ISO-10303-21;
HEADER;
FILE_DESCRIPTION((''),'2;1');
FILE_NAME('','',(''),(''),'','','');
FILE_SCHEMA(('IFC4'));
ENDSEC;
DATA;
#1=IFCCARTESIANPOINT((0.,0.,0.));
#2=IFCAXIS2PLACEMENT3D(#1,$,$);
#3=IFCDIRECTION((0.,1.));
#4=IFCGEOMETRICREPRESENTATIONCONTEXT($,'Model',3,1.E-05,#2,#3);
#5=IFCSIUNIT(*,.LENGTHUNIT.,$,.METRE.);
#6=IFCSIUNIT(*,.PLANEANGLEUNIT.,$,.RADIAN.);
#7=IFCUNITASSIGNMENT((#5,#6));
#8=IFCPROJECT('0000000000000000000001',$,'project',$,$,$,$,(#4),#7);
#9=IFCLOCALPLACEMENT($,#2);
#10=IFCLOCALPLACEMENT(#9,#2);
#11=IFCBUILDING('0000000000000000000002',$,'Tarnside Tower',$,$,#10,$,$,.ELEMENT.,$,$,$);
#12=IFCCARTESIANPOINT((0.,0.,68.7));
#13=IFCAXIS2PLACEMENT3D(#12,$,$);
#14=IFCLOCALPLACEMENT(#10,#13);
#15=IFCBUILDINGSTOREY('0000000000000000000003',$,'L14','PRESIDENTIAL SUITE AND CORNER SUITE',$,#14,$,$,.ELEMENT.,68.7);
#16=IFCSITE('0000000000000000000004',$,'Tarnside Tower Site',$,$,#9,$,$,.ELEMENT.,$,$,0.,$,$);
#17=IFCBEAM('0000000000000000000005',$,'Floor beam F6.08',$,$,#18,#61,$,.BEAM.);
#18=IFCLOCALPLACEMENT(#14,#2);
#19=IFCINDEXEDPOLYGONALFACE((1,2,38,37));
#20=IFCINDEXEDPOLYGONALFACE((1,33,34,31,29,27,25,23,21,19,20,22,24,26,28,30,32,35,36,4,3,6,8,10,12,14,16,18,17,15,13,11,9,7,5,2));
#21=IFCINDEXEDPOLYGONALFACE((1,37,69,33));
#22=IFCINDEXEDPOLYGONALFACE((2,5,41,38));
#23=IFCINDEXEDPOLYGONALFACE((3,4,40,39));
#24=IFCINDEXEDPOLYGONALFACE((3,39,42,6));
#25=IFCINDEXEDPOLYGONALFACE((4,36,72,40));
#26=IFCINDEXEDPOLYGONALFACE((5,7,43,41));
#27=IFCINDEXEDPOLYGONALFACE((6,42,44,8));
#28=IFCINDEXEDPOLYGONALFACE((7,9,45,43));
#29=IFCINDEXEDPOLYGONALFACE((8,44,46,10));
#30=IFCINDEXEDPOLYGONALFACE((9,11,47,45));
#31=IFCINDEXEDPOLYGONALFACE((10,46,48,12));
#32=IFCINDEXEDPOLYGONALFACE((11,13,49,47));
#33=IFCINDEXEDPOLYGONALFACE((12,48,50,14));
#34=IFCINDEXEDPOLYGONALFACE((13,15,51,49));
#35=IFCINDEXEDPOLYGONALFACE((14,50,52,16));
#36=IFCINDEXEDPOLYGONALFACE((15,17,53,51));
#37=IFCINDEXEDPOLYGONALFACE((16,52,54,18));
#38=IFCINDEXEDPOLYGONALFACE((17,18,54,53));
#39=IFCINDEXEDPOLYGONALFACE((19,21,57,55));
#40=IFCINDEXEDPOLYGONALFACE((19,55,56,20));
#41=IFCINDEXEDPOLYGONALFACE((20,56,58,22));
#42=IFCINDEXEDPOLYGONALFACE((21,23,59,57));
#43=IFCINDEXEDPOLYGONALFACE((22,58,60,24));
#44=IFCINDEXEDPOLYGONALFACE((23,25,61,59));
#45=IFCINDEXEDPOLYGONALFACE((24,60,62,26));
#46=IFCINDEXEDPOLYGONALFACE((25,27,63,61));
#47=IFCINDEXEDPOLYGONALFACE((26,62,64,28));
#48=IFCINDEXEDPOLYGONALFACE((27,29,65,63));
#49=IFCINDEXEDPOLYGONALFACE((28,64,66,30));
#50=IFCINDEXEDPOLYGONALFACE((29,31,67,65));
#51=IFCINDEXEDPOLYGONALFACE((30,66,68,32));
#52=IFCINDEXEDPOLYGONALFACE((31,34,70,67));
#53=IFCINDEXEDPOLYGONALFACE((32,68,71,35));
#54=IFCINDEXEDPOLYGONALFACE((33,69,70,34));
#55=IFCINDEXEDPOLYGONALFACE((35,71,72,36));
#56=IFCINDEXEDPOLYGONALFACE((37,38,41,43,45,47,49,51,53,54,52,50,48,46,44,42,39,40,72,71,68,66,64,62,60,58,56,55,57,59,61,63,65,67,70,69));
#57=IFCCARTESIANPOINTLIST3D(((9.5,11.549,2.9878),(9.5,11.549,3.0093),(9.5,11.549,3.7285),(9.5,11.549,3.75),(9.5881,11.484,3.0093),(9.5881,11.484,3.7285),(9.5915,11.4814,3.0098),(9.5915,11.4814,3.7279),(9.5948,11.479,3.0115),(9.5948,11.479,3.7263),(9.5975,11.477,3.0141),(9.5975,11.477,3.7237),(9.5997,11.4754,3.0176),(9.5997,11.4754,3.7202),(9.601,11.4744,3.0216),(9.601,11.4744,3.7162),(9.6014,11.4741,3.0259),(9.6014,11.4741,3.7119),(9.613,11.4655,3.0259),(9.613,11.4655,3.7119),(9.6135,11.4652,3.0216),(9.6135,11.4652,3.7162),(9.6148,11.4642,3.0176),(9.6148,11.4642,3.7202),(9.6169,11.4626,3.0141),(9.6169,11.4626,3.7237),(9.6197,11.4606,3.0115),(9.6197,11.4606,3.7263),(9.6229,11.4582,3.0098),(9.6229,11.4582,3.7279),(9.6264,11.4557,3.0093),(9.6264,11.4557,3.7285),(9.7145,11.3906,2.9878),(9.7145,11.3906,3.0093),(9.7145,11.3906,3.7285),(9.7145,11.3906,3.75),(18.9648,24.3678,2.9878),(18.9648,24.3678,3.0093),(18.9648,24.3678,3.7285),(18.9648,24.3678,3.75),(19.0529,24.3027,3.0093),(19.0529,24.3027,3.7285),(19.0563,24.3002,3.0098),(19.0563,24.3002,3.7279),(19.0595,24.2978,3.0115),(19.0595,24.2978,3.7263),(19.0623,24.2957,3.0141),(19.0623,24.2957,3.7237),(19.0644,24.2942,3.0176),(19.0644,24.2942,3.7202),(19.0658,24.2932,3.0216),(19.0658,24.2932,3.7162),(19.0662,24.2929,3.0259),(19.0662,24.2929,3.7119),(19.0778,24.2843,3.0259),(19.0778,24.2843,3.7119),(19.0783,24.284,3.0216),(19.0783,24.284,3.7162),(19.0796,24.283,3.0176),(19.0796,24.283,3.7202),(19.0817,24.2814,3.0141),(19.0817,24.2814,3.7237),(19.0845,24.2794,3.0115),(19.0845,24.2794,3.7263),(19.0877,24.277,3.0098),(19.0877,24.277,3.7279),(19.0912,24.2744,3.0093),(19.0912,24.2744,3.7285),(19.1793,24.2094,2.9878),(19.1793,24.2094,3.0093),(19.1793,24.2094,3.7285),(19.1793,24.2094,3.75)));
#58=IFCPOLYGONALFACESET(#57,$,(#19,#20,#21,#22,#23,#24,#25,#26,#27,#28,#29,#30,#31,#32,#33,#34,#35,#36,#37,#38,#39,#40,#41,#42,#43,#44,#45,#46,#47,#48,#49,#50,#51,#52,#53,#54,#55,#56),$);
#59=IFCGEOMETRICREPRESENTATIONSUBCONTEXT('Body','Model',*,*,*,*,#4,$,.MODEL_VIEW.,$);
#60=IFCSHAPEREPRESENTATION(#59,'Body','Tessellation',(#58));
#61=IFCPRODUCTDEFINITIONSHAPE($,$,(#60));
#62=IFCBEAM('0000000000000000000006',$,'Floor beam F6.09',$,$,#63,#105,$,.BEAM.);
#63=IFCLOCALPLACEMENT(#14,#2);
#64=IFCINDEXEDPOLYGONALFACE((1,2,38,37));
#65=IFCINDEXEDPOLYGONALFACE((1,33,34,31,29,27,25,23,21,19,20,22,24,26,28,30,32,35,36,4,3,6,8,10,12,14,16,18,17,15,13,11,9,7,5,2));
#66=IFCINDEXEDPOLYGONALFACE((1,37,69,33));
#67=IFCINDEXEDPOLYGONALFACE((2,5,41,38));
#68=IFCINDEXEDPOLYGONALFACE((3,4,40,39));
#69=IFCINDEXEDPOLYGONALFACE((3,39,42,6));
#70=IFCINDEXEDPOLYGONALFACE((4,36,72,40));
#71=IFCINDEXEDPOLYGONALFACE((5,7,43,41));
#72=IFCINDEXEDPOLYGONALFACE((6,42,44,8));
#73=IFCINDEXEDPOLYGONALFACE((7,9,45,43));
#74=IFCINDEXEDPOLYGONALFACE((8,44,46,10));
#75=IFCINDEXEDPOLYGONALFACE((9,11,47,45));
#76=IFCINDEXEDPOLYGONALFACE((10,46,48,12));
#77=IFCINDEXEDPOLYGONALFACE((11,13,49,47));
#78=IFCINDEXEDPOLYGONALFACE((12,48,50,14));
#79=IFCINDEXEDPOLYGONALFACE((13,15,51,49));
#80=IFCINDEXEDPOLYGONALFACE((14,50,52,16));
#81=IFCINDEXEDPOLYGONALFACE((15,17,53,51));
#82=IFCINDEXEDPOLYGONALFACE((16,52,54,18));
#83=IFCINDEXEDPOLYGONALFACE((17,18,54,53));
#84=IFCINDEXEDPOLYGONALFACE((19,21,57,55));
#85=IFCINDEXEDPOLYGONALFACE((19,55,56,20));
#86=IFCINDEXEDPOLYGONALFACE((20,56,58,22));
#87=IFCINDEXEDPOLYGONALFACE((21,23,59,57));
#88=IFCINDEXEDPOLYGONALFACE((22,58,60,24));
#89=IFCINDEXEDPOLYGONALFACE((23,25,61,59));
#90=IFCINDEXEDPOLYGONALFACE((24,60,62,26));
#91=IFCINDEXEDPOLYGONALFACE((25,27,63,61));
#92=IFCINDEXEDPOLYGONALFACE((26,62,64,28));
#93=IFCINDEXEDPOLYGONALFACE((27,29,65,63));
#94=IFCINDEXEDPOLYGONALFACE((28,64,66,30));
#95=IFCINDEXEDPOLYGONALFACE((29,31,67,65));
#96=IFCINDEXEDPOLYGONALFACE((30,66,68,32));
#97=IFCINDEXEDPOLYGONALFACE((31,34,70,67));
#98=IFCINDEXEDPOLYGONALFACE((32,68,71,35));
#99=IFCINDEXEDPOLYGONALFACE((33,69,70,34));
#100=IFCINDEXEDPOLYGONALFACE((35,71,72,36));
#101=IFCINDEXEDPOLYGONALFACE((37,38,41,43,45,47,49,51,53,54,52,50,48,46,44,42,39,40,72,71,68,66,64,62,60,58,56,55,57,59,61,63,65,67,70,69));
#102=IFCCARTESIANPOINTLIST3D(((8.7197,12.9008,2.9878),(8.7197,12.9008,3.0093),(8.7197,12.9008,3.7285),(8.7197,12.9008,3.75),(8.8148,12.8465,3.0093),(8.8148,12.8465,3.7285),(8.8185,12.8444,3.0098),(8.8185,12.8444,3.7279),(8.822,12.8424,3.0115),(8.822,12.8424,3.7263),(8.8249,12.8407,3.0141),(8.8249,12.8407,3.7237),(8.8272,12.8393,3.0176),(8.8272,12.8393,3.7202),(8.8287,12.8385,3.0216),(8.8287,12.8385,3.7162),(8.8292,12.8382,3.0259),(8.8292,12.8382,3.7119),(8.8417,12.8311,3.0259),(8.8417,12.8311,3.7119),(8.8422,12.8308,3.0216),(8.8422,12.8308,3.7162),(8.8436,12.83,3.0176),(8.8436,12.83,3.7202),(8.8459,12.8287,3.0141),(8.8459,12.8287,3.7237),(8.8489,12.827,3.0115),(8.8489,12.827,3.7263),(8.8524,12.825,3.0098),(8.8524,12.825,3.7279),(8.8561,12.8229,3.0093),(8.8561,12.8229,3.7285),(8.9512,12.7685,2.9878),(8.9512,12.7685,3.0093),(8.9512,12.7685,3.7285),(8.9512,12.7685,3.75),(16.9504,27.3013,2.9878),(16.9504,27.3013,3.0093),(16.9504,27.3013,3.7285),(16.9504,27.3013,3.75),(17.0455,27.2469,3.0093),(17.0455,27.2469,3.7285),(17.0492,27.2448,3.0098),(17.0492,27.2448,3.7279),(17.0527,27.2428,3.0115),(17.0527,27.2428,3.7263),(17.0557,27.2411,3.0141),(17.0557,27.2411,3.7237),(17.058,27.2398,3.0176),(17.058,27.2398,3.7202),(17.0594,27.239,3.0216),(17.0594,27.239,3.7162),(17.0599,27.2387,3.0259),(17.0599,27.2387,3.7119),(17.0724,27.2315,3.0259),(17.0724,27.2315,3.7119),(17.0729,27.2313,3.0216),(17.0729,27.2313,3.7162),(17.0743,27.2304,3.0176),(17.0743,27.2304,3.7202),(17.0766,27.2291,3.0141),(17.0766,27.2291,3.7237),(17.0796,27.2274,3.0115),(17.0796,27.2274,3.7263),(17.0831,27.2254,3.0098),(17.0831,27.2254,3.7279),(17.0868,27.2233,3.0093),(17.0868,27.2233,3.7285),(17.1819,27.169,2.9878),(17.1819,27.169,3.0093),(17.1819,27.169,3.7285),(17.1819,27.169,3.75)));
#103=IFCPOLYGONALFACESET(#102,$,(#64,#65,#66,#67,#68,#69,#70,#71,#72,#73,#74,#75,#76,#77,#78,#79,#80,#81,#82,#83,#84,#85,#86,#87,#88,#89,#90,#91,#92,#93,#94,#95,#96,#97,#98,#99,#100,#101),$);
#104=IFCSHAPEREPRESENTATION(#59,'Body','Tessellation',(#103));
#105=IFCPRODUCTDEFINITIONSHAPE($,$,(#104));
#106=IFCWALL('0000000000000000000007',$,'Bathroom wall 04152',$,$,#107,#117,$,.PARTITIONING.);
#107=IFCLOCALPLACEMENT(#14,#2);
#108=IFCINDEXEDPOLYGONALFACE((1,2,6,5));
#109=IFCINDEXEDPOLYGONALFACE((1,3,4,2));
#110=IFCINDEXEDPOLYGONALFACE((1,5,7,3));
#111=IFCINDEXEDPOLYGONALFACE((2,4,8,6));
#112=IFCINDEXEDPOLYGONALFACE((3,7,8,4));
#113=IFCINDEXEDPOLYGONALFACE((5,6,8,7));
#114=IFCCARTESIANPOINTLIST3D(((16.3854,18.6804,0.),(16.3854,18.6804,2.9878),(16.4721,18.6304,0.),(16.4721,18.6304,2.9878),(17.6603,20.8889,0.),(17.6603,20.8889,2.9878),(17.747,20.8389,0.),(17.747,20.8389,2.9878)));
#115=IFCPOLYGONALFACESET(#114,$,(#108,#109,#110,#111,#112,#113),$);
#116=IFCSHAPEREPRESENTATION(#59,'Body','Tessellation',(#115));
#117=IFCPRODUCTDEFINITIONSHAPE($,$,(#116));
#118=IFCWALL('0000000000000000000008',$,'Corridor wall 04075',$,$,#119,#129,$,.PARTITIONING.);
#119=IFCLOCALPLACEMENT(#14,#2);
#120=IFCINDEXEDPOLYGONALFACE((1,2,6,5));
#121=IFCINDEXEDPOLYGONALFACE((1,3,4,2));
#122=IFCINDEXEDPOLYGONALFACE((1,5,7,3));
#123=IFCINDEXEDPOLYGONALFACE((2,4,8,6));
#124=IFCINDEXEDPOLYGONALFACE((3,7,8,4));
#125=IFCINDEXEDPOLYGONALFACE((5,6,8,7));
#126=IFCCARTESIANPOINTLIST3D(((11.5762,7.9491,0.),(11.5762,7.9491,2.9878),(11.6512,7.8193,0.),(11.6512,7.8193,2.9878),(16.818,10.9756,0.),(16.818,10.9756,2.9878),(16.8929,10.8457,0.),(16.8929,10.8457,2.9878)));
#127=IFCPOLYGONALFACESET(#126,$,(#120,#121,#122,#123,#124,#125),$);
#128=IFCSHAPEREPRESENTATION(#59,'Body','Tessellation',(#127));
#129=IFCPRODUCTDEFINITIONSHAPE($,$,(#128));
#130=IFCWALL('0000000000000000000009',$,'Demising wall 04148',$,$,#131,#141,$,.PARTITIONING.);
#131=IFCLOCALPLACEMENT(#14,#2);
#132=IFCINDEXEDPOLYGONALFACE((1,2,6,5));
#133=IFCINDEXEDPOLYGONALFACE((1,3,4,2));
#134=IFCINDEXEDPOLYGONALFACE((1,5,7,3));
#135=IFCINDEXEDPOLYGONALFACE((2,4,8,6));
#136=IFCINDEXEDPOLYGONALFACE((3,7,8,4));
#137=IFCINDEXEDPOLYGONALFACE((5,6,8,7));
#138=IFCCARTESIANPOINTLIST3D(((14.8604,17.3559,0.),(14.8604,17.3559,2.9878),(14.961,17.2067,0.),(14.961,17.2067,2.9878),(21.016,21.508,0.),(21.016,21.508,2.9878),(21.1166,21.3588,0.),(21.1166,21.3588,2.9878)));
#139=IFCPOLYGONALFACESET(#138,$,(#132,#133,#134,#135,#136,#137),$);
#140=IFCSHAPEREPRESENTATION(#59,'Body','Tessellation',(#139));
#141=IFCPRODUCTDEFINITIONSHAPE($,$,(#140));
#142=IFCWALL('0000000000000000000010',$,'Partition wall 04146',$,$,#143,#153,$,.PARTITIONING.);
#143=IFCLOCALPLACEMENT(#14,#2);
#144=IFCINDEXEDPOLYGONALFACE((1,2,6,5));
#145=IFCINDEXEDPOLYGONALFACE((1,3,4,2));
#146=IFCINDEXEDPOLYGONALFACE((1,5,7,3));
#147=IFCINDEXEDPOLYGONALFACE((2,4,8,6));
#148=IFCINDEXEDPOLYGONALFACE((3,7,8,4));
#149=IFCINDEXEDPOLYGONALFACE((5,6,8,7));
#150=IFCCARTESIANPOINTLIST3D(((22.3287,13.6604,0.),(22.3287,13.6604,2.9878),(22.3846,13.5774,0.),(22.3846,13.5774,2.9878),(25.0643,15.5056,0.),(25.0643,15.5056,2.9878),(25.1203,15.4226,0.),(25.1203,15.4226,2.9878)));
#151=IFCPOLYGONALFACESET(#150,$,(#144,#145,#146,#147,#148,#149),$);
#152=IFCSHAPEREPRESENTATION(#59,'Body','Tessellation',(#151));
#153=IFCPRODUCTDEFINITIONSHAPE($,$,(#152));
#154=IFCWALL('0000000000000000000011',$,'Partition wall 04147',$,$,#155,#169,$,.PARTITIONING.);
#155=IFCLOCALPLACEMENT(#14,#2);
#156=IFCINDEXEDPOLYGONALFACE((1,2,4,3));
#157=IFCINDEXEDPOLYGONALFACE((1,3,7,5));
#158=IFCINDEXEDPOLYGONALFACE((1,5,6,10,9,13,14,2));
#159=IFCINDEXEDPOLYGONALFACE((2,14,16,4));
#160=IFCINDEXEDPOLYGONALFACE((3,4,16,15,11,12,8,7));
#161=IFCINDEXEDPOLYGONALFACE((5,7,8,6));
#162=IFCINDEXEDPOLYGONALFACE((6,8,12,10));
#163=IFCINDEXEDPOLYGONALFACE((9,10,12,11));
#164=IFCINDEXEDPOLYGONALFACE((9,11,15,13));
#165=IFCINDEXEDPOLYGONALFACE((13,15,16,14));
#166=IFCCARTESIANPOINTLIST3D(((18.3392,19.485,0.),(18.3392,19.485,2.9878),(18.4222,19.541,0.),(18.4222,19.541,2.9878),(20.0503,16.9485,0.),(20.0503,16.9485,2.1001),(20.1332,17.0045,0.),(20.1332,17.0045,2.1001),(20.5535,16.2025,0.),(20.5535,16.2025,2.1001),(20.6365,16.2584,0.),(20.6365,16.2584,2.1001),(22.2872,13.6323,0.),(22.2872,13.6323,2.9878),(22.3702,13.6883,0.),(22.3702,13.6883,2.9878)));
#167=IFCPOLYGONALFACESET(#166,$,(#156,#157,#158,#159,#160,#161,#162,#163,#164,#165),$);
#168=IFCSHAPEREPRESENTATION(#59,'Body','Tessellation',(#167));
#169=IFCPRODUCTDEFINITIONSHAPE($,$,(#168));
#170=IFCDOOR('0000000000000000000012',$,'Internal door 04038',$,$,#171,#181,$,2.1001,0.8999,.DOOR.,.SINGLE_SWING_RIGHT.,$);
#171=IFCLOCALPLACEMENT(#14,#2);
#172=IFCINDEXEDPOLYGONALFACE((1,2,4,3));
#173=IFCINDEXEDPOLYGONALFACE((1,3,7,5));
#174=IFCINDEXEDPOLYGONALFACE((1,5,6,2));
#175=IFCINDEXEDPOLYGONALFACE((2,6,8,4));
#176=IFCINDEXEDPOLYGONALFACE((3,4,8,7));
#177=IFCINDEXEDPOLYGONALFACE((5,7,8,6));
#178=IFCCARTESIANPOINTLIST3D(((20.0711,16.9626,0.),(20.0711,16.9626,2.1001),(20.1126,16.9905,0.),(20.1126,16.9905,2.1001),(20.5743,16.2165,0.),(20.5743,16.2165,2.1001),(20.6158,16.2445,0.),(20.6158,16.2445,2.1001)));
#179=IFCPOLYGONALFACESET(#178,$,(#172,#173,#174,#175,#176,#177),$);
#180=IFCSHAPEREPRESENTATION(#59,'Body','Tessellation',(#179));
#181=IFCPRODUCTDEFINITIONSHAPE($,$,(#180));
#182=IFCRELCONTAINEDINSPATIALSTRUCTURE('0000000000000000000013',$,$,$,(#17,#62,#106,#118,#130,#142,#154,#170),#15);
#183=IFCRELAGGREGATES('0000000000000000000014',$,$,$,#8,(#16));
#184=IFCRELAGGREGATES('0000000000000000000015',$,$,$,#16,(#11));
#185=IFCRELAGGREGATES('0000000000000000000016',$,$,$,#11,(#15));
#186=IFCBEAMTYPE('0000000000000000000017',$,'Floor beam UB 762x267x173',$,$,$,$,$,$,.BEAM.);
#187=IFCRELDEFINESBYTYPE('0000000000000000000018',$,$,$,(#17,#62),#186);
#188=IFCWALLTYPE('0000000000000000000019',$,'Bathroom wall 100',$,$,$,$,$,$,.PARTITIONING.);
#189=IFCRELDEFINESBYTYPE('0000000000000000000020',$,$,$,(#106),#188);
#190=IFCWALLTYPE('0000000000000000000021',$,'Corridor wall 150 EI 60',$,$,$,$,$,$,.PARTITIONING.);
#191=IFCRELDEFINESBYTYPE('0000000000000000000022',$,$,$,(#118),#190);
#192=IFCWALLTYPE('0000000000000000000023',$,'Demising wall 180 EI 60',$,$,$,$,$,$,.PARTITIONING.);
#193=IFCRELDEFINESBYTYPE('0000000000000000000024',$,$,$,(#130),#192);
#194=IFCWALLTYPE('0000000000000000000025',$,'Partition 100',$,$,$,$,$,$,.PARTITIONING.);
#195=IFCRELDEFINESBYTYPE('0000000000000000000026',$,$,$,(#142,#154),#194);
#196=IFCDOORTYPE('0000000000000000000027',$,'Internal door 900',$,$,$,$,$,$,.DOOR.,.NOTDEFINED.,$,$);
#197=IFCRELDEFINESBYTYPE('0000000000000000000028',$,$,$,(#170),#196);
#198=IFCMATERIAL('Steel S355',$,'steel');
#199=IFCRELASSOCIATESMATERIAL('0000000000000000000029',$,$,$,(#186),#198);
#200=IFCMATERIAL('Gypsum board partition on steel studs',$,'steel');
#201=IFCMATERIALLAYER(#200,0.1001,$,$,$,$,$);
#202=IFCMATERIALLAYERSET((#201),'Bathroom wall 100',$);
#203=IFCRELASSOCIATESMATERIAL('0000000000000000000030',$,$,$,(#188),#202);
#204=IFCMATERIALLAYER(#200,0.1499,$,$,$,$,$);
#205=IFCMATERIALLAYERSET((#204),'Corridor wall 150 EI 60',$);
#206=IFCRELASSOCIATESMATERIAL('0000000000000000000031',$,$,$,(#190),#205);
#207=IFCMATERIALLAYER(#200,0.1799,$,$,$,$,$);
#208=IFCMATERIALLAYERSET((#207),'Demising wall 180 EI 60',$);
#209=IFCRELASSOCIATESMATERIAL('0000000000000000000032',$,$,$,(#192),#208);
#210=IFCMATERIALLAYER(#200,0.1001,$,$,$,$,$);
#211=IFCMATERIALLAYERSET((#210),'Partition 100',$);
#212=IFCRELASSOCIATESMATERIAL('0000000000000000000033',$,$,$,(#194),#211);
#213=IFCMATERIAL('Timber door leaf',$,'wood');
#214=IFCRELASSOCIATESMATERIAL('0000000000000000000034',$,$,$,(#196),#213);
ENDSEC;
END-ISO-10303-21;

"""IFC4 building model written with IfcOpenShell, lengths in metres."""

from ifc_helpers import new_model, si_unit, direction, frame, frame_2d, origin, origin_2d, place, context, subcontext, project, spatial, rectangle, i_section, extrude, material, layer, layer_set, material_profile, profile_set, type_object, element, fill, save


model = new_model("IFC4")

# Units and contexts
model_context = context("Model", 3, precision=1e-05, world=origin(), true_north=direction((0.0, 1.0)))
body_context = subcontext(model_context, "Body", "Model", "MODEL_VIEW")
ifc_project = project(units=[si_unit("LENGTHUNIT", "METRE"), si_unit("PLANEANGLEUNIT", "RADIAN")], contexts=[model_context])

# Site, building, storey
site_placement = place(None, origin())
site = spatial("IfcSite", under=ifc_project, at=site_placement, Name="Tarnside Tower Site", CompositionType="ELEMENT", RefElevation=0.0)
building_placement = place(site_placement, origin())
building = spatial("IfcBuilding", under=site, at=building_placement, Name="Tarnside Tower", CompositionType="ELEMENT")
storey_placement = place(building_placement, frame((0.0, 0.0, 68.7)))
storey = spatial("IfcBuildingStorey", under=building, at=storey_placement, Name="L14", Description="PRESIDENTIAL SUITE AND CORNER SUITE", CompositionType="ELEMENT", Elevation=68.7)

# Beams
ifc_material_1 = material(Name="Steel S355", Category="steel")
ifc_material_profile_1 = material_profile(ifc_material_1, i_section(OverallWidth=0.2666, OverallDepth=0.7622, WebThickness=0.0144, FlangeThickness=0.0215, FilletRadius=0.0166, at=origin_2d()), Name="UB 762x267x173")
ifc_profile_set_1 = profile_set([ifc_material_profile_1], Name="Steel S355")
beam_type_1 = type_object("IfcBeamType", Name="Floor beam UB 762x267x173", PredefinedType="BEAM", material=ifc_profile_set_1)
beam_1_placement = place(storey_placement, frame((19.072, 24.2886, 3.3689), z_axis=(-0.593987, -0.804475, 0.0), x_axis=(0.804475, -0.593987, 0.0)))
element("IfcBeam", 1, at=beam_1_placement, inside=storey, type_object=beam_type_1, Name="Floor beam F6.08", PredefinedType="BEAM", context=body_context, shape_type="SweptSolid", body=[
    extrude(i_section(OverallWidth=0.2666, OverallDepth=0.7622, WebThickness=0.0144, FlangeThickness=0.0215, FilletRadius=0.0166, at=origin_2d()), origin(), (0.0, 0.0, 1.0), 15.9343),
])
beam_2_placement = place(storey_placement, frame((17.0662, 27.2351, 3.3689), z_axis=(-0.496226, -0.868193, 0.0), x_axis=(0.868193, -0.496226, 0.0)))
element("IfcBeam", 2, at=beam_2_placement, inside=storey, type_object=beam_type_1, Name="Floor beam F6.09", PredefinedType="BEAM", context=body_context, shape_type="SweptSolid", body=[
    extrude(i_section(OverallWidth=0.2666, OverallDepth=0.7622, WebThickness=0.0144, FlangeThickness=0.0215, FilletRadius=0.0166, at=origin_2d()), origin(), (0.0, 0.0, 1.0), 16.5867),
])

# Walls
ifc_material_2 = material(Name="Gypsum board partition on steel studs", Category="steel")
ifc_layer_1 = layer(ifc_material_2, 0.1001)
ifc_layer_set_1 = layer_set([ifc_layer_1], Name="Bathroom wall 100")
wall_type_1 = type_object("IfcWallType", Name="Bathroom wall 100", PredefinedType="PARTITIONING", material=ifc_layer_set_1)
wall_1_placement = place(storey_placement, frame((17.7036, 20.8638, 0.0), z_axis=(0.0, 0.0, 1.0), x_axis=(-0.499949, -0.866055, 0.0)))
element("IfcWall", 3, at=wall_1_placement, inside=storey, type_object=wall_type_1, Name="Bathroom wall 04152", PredefinedType="PARTITIONING", context=body_context, shape_type="SweptSolid", body=[
    extrude(rectangle(XDim=2.55, YDim=0.1001, at=frame_2d((1.2749, 0.0))), origin(), (0.0, 0.0, 1.0), 2.9878),
])
ifc_layer_2 = layer(ifc_material_2, 0.1499)
ifc_layer_set_2 = layer_set([ifc_layer_2], Name="Corridor wall 150 EI 60")
wall_type_2 = type_object("IfcWallType", Name="Corridor wall 150 EI 60", PredefinedType="PARTITIONING", material=ifc_layer_set_2)
wall_2_placement = place(storey_placement, frame((16.8555, 10.9106, 0.0), z_axis=(0.0, 0.0, 1.0), x_axis=(-0.86602, -0.500009, 0.0)))
element("IfcWall", 4, at=wall_2_placement, inside=storey, type_object=wall_type_2, Name="Corridor wall 04075", PredefinedType="PARTITIONING", context=body_context, shape_type="SweptSolid", body=[
    extrude(rectangle(XDim=6.0527, YDim=0.1499, at=frame_2d((3.0264, 0.0))), origin(), (0.0, 0.0, 1.0), 2.9878),
])
ifc_layer_3 = layer(ifc_material_2, 0.1799)
ifc_layer_set_3 = layer_set([ifc_layer_3], Name="Demising wall 180 EI 60")
wall_type_3 = type_object("IfcWallType", Name="Demising wall 180 EI 60", PredefinedType="PARTITIONING", material=ifc_layer_set_3)
wall_3_placement = place(storey_placement, frame((21.0662, 21.4333, 0.0), z_axis=(0.0, 0.0, 1.0), x_axis=(-0.829028, -0.559207, 0.0)))
element("IfcWall", 5, at=wall_3_placement, inside=storey, type_object=wall_type_3, Name="Demising wall 04148", PredefinedType="PARTITIONING", context=body_context, shape_type="SweptSolid", body=[
    extrude(rectangle(XDim=7.425, YDim=0.1799, at=frame_2d((3.7124, 0.0))), origin(), (0.0, 0.0, 1.0), 2.9878),
])
ifc_layer_4 = layer(ifc_material_2, 0.1001)
ifc_layer_set_4 = layer_set([ifc_layer_4], Name="Partition 100")
wall_type_4 = type_object("IfcWallType", Name="Partition 100", PredefinedType="PARTITIONING", material=ifc_layer_set_4)
wall_4_placement = place(storey_placement, frame((25.0923, 15.4641, 0.0), z_axis=(0.0, 0.0, 1.0), x_axis=(-0.829033, -0.5592, 0.0)))
element("IfcWall", 6, at=wall_4_placement, inside=storey, type_object=wall_type_4, Name="Partition wall 04146", PredefinedType="PARTITIONING", context=body_context, shape_type="SweptSolid", body=[
    extrude(rectangle(XDim=3.2998, YDim=0.1001, at=frame_2d((1.6499, 0.0))), origin(), (0.0, 0.0, 1.0), 2.9878),
])

# Wall, opening, door
wall_5_placement = place(storey_placement, frame((22.3286, 13.6604, 0.0), z_axis=(0.0, 0.0, 1.0), x_axis=(-0.559217, 0.829021, 0.0)))
wall_5 = element("IfcWall", 7, at=wall_5_placement, inside=storey, type_object=wall_type_4, Name="Partition wall 04147", PredefinedType="PARTITIONING", context=body_context, shape_type="SweptSolid", body=[
    extrude(rectangle(XDim=7.0598, YDim=0.1001, at=frame_2d((3.5298, 0.0))), origin(), (0.0, 0.0, 1.0), 2.9878),
])
opening_placement = place(wall_5_placement, frame((3.1001, 0.0, 0.0)))
opening = element("IfcOpeningElement", 8, at=opening_placement, cuts=wall_5, PredefinedType="OPENING", context=body_context, shape_type="SweptSolid", body=[
    extrude(rectangle(XDim=0.8999, YDim=2.1001, at=frame_2d((0.45, 1.05))), frame((0.0, 0.0601, 0.0), z_axis=(0.0, -1.0, 0.0), x_axis=(1.0, 0.0, 0.0)), (0.0, 0.0, 1.0), 0.1201),
])
ifc_material_3 = material(Name="Timber door leaf", Category="wood")
door_type = type_object("IfcDoorType", Name="Internal door 900", OperationType="NOTDEFINED", PredefinedType="DOOR", material=ifc_material_3)
door_placement = place(opening_placement, origin())
door = element("IfcDoor", 9, at=door_placement, inside=storey, type_object=door_type, Name="Internal door 04038", OperationType="SINGLE_SWING_RIGHT", OverallHeight=2.1001, OverallWidth=0.8999, PredefinedType="DOOR", context=body_context, shape_type="SweptSolid", body=[
    extrude(rectangle(XDim=0.8999, YDim=2.1001, at=frame_2d((0.45, 1.05))), frame((0.0, 0.0249, 0.0), z_axis=(0.0, -1.0, 0.0), x_axis=(1.0, 0.0, 0.0)), (0.0, 0.0, 1.0), 0.05),
])
fill(opening, door)

save(model, "model.ifc")
